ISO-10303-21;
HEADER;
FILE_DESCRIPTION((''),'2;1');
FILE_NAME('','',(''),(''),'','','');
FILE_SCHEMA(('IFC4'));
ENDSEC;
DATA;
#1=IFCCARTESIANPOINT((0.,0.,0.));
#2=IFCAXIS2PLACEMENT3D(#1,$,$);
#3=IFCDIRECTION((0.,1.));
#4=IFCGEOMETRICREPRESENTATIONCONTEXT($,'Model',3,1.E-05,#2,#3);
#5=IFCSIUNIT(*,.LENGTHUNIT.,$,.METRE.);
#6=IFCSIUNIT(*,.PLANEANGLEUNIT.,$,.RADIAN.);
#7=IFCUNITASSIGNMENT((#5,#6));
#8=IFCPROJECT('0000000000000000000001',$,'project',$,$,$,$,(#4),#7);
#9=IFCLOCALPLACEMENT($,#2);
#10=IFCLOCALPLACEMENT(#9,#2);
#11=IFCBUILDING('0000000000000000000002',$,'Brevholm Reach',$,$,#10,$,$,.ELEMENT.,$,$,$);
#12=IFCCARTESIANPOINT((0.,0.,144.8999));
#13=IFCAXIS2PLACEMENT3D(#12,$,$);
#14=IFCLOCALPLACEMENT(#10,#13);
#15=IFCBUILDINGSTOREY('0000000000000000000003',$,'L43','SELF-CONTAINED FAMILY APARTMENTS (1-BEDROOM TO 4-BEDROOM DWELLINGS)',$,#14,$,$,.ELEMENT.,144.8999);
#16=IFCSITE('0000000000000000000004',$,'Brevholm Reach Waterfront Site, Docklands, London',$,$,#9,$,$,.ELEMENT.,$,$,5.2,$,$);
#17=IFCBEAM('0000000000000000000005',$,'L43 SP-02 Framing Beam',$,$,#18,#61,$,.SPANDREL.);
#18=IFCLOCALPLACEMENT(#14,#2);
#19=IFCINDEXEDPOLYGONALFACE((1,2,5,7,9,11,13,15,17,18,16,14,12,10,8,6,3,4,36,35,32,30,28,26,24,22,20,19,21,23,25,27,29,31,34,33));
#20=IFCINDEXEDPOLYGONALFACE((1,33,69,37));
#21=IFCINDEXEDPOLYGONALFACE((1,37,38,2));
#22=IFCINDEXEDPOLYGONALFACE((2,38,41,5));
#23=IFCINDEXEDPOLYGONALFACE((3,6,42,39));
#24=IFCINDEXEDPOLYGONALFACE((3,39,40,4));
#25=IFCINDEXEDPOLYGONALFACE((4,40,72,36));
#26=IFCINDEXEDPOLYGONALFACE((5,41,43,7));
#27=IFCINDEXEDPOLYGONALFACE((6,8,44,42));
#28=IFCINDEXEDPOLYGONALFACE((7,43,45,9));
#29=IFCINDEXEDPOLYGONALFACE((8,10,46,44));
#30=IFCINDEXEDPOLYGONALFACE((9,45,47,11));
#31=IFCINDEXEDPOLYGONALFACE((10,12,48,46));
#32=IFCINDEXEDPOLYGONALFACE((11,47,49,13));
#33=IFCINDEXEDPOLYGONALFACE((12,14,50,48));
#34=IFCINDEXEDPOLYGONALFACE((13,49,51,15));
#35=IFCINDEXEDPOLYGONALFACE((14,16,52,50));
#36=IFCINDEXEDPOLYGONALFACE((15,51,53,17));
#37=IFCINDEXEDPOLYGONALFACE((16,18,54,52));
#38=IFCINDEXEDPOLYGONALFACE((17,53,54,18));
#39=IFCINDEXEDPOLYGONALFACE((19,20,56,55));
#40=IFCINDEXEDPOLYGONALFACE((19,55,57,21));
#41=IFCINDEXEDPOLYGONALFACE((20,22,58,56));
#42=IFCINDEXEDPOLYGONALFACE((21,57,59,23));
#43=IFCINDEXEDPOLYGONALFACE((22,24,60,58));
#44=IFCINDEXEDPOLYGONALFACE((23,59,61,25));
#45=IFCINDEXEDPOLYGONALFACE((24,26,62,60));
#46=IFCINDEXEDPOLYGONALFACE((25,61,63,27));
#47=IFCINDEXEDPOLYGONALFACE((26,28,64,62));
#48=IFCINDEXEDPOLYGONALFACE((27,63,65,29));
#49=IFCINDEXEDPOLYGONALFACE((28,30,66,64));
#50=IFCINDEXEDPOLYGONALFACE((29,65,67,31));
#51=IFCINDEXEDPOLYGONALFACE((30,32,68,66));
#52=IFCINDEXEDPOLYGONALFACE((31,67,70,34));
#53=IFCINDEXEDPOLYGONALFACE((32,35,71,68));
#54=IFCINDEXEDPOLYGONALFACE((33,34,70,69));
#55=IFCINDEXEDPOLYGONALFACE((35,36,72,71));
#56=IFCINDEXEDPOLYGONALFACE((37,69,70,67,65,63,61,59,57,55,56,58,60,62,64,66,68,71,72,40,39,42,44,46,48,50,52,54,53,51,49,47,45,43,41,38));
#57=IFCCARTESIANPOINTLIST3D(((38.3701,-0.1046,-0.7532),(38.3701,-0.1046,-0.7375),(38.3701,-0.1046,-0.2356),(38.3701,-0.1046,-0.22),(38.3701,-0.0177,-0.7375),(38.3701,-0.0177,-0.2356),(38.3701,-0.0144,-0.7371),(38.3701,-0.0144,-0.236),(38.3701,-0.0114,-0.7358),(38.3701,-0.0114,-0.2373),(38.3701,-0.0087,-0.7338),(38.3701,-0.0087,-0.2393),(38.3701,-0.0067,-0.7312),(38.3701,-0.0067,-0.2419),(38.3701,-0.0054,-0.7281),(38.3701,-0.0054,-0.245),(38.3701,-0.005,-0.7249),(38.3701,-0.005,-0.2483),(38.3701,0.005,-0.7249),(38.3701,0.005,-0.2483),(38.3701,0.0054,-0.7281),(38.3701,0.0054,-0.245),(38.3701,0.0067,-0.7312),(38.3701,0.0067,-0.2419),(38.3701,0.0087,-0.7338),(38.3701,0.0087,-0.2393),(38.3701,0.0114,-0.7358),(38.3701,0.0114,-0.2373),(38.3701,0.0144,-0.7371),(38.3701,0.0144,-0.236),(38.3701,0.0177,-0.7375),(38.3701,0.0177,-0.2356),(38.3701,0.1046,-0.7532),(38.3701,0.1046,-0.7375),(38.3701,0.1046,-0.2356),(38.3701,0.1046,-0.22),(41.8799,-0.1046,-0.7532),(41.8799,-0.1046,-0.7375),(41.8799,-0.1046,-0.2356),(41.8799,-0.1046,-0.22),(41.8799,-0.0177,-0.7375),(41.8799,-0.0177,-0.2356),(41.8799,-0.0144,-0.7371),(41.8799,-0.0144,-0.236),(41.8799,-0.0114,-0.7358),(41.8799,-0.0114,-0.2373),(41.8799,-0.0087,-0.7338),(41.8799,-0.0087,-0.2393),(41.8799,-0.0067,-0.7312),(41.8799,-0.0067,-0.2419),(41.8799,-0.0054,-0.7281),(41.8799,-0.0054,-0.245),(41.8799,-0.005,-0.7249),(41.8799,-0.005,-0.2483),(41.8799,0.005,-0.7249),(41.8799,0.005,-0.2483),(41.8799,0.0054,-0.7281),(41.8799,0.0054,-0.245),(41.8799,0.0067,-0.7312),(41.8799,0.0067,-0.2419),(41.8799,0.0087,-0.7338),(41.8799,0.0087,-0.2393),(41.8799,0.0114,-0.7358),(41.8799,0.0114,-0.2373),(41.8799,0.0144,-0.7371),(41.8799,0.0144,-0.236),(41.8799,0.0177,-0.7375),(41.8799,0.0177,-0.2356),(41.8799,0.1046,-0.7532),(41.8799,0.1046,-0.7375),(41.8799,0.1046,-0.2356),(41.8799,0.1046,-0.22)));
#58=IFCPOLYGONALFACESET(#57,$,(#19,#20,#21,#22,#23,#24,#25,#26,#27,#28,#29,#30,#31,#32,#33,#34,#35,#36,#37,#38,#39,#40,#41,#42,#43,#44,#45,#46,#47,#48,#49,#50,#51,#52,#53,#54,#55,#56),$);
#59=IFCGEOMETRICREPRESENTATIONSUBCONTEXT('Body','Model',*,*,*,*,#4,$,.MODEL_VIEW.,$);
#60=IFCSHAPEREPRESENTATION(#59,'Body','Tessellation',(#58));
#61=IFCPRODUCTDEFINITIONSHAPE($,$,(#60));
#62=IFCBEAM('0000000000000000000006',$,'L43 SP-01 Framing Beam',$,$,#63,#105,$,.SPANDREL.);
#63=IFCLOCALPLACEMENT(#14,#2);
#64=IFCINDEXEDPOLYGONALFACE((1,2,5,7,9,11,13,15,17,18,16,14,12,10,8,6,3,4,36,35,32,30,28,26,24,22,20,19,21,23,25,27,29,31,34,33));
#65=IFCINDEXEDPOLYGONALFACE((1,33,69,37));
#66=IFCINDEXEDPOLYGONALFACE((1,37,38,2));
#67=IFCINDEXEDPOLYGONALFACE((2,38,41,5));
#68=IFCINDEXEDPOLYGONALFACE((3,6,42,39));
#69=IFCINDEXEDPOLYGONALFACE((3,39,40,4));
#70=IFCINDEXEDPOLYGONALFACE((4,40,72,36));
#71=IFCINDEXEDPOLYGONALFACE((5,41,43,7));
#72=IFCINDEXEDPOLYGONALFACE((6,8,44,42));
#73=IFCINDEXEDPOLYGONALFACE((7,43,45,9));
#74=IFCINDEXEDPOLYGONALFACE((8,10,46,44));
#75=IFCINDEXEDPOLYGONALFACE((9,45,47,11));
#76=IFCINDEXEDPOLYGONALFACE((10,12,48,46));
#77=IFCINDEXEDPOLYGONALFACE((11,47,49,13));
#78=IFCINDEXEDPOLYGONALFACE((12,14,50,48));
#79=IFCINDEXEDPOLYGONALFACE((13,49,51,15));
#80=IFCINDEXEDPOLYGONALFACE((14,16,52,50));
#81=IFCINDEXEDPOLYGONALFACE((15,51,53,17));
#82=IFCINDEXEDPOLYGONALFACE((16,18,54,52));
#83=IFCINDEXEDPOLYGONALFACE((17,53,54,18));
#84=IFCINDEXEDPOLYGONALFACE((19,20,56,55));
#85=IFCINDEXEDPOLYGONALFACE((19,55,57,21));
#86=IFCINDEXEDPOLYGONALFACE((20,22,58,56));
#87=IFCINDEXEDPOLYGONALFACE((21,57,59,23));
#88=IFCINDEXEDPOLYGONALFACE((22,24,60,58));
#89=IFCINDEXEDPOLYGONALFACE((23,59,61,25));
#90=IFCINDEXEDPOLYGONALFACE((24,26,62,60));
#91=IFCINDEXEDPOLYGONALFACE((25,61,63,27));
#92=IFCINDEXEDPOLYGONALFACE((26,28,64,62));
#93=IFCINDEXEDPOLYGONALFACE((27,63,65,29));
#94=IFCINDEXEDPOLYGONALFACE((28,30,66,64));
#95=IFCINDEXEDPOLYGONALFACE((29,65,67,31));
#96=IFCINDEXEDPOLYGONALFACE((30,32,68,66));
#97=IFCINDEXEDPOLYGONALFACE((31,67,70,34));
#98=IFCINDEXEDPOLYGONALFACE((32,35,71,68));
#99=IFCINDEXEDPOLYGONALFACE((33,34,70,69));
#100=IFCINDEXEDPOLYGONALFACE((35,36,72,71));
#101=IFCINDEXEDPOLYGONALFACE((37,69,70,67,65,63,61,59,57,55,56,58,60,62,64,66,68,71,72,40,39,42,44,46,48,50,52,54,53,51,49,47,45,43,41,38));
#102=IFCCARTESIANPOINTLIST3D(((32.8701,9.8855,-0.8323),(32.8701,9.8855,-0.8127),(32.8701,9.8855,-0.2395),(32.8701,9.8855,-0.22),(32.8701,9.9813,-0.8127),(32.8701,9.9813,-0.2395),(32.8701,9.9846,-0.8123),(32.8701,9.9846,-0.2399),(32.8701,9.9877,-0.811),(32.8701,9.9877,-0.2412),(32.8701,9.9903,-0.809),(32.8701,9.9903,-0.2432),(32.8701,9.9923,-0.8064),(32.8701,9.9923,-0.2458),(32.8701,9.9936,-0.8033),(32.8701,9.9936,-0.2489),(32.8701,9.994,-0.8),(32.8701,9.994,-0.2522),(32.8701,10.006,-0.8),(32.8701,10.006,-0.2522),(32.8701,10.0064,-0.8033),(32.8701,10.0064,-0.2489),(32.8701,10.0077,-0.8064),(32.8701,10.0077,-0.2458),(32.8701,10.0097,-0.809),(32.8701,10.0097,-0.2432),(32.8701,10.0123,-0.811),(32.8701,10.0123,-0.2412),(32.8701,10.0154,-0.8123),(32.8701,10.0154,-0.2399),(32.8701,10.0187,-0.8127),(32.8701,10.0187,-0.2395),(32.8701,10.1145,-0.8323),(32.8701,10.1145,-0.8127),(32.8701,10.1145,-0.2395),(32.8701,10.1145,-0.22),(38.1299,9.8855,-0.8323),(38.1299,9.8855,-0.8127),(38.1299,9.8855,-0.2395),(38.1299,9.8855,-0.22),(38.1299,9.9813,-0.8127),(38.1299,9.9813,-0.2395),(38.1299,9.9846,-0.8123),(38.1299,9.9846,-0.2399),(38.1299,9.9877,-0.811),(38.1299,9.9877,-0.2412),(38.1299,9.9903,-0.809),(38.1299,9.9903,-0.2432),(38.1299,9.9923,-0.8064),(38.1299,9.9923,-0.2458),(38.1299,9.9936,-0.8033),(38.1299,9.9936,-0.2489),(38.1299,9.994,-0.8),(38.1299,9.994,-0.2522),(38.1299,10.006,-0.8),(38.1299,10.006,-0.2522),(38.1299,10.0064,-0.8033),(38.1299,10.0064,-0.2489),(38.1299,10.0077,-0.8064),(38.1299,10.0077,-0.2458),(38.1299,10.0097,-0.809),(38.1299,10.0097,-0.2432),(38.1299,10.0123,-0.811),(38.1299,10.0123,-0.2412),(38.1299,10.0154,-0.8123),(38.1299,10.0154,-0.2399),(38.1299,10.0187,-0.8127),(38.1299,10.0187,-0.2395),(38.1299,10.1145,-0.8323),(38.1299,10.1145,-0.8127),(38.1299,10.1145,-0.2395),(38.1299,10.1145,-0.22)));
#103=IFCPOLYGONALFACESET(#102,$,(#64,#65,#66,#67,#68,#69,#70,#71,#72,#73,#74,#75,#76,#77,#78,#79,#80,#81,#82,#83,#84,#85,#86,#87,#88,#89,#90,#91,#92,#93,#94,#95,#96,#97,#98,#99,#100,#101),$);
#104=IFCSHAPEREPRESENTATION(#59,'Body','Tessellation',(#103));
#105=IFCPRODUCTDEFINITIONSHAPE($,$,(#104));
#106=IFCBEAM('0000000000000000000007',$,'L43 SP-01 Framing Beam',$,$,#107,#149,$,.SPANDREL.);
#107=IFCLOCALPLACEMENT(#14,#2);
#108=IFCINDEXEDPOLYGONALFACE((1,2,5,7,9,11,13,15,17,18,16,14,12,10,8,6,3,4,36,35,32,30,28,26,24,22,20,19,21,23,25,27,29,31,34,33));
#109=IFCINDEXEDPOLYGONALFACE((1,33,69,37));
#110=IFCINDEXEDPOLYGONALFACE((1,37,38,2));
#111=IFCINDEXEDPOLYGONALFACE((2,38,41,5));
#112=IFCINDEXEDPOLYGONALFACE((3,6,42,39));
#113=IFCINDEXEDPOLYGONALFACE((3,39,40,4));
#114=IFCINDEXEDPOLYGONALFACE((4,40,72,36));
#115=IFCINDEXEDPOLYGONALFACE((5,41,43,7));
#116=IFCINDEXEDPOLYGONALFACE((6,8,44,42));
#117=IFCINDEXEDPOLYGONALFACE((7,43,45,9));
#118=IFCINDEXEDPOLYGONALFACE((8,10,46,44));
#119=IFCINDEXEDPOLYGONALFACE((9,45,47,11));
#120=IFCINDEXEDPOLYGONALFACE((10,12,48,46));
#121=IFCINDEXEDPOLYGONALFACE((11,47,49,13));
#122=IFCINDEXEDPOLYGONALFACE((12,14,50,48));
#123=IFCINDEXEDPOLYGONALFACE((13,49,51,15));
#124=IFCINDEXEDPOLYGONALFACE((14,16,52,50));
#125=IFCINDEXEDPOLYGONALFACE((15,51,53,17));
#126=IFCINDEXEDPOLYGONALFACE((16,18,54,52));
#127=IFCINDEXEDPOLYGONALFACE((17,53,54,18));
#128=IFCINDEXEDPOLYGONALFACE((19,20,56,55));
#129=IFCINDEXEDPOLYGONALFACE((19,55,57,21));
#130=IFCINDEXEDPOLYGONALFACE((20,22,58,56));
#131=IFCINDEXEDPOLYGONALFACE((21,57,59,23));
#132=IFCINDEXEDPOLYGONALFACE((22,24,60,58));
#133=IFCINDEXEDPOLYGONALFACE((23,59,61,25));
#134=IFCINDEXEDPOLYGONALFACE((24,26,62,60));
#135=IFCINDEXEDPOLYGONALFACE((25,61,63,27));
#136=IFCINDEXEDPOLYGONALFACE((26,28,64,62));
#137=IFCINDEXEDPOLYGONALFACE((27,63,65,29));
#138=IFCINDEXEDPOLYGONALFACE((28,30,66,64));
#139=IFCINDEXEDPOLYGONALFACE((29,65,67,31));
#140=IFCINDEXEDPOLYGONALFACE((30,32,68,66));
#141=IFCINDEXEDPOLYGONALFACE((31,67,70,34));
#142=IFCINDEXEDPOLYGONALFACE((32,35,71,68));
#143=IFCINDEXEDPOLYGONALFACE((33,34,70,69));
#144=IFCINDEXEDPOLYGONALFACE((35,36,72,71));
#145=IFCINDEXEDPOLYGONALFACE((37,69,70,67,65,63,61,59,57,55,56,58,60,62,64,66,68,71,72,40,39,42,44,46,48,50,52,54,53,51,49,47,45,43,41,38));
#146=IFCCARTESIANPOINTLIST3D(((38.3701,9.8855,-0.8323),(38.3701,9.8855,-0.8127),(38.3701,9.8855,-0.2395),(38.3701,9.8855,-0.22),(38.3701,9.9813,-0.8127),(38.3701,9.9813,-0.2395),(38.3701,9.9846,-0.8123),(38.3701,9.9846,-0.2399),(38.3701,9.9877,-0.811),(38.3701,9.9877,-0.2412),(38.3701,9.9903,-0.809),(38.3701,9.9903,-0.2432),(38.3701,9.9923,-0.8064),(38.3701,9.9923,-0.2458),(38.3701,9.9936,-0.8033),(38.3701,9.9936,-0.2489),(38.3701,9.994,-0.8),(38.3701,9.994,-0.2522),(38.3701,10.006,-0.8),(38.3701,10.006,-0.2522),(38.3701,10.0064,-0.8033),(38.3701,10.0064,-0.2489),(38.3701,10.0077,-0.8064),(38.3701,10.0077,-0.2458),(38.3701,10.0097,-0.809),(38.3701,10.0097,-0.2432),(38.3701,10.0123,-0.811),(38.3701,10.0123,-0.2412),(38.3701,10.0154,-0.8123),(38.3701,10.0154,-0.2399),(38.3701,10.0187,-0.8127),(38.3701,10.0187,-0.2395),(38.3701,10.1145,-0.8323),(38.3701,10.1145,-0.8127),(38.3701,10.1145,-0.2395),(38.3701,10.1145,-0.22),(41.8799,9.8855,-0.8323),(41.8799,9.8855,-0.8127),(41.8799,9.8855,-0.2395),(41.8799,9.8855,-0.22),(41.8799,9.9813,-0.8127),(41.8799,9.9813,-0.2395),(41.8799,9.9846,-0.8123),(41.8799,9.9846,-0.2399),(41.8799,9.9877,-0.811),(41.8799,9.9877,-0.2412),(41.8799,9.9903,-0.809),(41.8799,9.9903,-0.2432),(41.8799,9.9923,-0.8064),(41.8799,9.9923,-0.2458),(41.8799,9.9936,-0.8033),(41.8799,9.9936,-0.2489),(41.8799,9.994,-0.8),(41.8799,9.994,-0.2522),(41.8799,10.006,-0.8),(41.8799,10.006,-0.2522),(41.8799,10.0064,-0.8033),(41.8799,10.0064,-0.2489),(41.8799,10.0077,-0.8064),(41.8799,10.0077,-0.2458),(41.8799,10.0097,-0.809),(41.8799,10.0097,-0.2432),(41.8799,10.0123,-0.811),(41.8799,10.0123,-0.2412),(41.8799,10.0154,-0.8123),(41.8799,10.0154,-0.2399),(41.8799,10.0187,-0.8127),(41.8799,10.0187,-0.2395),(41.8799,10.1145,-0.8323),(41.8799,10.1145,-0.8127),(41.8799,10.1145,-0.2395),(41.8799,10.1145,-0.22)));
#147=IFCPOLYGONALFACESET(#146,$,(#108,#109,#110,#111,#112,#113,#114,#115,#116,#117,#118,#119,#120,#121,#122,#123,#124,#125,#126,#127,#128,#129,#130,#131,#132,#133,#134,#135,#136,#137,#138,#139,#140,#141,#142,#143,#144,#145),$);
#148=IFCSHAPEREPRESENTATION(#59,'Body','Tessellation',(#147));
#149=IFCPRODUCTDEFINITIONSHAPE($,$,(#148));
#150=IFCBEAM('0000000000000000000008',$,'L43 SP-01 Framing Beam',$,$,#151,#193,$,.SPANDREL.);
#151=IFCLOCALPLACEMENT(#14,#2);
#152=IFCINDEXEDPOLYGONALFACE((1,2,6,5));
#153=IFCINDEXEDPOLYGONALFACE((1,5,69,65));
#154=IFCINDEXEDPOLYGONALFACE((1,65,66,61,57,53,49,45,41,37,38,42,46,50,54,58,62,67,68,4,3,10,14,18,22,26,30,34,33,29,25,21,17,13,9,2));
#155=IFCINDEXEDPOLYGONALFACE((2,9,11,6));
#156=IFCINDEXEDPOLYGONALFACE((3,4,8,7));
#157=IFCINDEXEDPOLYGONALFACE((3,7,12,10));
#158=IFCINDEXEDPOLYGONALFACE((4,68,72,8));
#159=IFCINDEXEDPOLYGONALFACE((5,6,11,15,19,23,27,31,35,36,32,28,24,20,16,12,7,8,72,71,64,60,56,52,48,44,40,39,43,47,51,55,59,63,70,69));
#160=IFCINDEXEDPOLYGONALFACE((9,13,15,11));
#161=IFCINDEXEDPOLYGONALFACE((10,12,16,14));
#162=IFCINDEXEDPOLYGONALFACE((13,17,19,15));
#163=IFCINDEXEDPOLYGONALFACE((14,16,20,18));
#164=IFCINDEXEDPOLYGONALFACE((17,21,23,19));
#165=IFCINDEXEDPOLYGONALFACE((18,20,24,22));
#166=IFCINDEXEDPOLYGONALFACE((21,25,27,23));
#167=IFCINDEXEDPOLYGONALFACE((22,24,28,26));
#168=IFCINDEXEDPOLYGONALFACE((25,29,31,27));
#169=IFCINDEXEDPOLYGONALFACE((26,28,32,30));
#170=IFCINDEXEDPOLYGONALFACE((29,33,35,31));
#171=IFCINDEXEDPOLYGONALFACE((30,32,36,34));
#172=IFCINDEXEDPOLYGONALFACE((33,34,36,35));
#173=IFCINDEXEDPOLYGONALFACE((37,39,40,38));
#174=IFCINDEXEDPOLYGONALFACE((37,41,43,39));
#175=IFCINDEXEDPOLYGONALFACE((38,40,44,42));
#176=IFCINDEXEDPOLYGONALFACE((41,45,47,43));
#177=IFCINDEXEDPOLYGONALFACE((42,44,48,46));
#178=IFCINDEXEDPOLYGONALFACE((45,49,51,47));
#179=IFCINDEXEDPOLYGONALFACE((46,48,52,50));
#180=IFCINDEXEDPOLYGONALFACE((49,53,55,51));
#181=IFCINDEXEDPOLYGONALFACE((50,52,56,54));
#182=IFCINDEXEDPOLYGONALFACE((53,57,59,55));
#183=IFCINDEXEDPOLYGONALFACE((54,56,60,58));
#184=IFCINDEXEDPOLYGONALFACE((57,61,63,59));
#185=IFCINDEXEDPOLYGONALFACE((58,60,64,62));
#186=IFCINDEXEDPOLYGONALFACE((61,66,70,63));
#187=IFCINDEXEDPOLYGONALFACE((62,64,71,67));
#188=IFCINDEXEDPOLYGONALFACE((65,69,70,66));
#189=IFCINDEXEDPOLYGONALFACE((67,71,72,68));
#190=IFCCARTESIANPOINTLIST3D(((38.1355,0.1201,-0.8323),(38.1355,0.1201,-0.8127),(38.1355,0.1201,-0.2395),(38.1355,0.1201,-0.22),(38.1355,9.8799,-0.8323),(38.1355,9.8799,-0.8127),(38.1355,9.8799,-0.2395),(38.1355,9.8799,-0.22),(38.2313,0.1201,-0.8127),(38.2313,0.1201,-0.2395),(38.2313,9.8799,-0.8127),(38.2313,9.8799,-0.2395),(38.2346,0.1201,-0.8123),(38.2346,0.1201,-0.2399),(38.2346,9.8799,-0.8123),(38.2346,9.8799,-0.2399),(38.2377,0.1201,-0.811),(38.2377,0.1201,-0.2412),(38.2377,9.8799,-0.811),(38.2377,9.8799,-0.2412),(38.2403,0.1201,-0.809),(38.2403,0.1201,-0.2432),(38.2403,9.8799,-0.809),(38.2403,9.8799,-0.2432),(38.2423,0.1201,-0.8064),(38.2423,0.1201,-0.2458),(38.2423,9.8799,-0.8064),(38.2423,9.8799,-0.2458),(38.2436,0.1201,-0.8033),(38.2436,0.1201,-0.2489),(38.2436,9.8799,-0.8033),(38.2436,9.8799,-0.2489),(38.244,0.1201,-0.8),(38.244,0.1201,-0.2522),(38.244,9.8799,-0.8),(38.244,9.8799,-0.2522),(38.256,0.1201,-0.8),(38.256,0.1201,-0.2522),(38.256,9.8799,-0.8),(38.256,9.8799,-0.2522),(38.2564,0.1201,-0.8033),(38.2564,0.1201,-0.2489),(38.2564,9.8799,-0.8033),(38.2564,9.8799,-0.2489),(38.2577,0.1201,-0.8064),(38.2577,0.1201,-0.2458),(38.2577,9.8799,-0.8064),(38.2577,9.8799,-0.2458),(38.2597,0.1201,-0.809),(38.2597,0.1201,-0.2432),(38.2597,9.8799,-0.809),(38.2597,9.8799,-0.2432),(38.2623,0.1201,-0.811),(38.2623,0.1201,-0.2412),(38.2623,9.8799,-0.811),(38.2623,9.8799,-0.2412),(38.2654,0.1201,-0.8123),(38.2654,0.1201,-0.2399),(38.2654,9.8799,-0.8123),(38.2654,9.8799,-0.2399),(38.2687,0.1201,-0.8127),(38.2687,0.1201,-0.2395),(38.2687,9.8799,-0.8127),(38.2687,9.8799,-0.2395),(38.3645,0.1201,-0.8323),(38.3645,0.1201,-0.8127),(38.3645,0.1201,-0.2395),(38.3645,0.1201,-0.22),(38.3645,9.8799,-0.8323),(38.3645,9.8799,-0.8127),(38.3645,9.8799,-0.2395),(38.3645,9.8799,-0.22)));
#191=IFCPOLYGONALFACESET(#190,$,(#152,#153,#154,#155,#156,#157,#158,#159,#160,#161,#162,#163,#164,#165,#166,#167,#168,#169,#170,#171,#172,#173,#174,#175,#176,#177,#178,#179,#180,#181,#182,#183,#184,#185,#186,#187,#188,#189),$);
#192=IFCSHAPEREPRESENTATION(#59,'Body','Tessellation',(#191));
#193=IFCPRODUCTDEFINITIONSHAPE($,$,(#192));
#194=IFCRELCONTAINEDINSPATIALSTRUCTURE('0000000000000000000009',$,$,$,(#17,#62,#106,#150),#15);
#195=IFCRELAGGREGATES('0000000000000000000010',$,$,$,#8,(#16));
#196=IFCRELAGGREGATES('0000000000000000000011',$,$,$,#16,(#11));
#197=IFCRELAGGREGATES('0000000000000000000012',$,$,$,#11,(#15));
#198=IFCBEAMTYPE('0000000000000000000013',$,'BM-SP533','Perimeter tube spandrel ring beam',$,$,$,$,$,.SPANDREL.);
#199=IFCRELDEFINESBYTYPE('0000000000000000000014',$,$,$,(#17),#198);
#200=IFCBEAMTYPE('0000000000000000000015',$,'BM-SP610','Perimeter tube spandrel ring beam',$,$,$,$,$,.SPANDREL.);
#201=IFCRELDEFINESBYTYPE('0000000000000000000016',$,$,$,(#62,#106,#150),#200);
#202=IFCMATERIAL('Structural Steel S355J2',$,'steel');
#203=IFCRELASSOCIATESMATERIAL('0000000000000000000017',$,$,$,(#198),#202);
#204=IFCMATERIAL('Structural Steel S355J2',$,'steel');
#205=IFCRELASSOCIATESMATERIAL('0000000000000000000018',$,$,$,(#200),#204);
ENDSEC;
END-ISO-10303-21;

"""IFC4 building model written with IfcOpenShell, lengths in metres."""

from ifc_helpers import new_model, si_unit, direction, frame, origin, origin_2d, place, context, subcontext, project, spatial, i_section, extrude, material, material_profile, profile_set, type_object, element, save


model = new_model("IFC4")

# Units and contexts
model_context = context("Model", 3, precision=1e-05, world=origin(), true_north=direction((0.0, 1.0)))
body_context = subcontext(model_context, "Body", "Model", "MODEL_VIEW")
ifc_project = project(units=[si_unit("LENGTHUNIT", "METRE"), si_unit("PLANEANGLEUNIT", "RADIAN")], contexts=[model_context])

# Site, building, storey
site_placement = place(None, origin())
site = spatial("IfcSite", under=ifc_project, at=site_placement, Name="Brevholm Reach Waterfront Site, Docklands, London", CompositionType="ELEMENT", RefElevation=5.2)
building_placement = place(site_placement, origin())
building = spatial("IfcBuilding", under=site, at=building_placement, Name="Brevholm Reach", CompositionType="ELEMENT")
storey_placement = place(building_placement, frame((0.0, 0.0, 144.8999)))
storey = spatial("IfcBuildingStorey", under=building, at=storey_placement, Name="L43", Description="SELF-CONTAINED FAMILY APARTMENTS (1-BEDROOM TO 4-BEDROOM DWELLINGS)", CompositionType="ELEMENT", Elevation=144.8999)

# Beams
ifc_material_1 = material(Name="Structural Steel S355J2", Category="steel")
ifc_material_profile_1 = material_profile(ifc_material_1, i_section(OverallWidth=0.2092, OverallDepth=0.5332, WebThickness=0.01, FlangeThickness=0.0156, FilletRadius=0.0127, at=origin_2d()), Name="UKB 533x210x92")
ifc_profile_set_1 = profile_set([ifc_material_profile_1], Name="Structural Steel S355J2")
beam_type_1 = type_object("IfcBeamType", Name="BM-SP533", Description="Perimeter tube spandrel ring beam", PredefinedType="SPANDREL", material=ifc_profile_set_1)
beam_1_placement = place(storey_placement, frame((38.3701, 0.0, -0.4866), z_axis=(1.0, 0.0, 0.0), x_axis=(0.0, 1.0, 0.0)))
element("IfcBeam", 1, at=beam_1_placement, inside=storey, type_object=beam_type_1, Name="L43 SP-02 Framing Beam", PredefinedType="SPANDREL", context=body_context, shape_type="SweptSolid", body=[
    extrude(i_section(OverallWidth=0.2092, OverallDepth=0.5332, WebThickness=0.01, FlangeThickness=0.0156, FilletRadius=0.0127, at=origin_2d()), origin(), (0.0, 0.0, 1.0), 3.5098),
])
ifc_material_2 = material(Name="Structural Steel S355J2", Category="steel")
ifc_material_profile_2 = material_profile(ifc_material_2, i_section(OverallWidth=0.229, OverallDepth=0.6123, WebThickness=0.012, FlangeThickness=0.0195, FilletRadius=0.0127, at=origin_2d()), Name="UKB 610x229x125")
ifc_profile_set_2 = profile_set([ifc_material_profile_2], Name="Structural Steel S355J2")
beam_type_2 = type_object("IfcBeamType", Name="BM-SP610", Description="Perimeter tube spandrel ring beam", PredefinedType="SPANDREL", material=ifc_profile_set_2)
beam_2_placement = place(storey_placement, frame((32.8701, 10.0, -0.5261), z_axis=(1.0, 0.0, 0.0), x_axis=(0.0, 1.0, 0.0)))
element("IfcBeam", 2, at=beam_2_placement, inside=storey, type_object=beam_type_2, Name="L43 SP-01 Framing Beam", PredefinedType="SPANDREL", context=body_context, shape_type="SweptSolid", body=[
    extrude(i_section(OverallWidth=0.229, OverallDepth=0.6123, WebThickness=0.012, FlangeThickness=0.0195, FilletRadius=0.0127, at=origin_2d()), origin(), (0.0, 0.0, 1.0), 5.2598),
])
beam_3_placement = place(storey_placement, frame((38.3701, 10.0, -0.5261), z_axis=(1.0, 0.0, 0.0), x_axis=(0.0, 1.0, 0.0)))
element("IfcBeam", 3, at=beam_3_placement, inside=storey, type_object=beam_type_2, Name="L43 SP-01 Framing Beam", PredefinedType="SPANDREL", context=body_context, shape_type="SweptSolid", body=[
    extrude(i_section(OverallWidth=0.229, OverallDepth=0.6123, WebThickness=0.012, FlangeThickness=0.0195, FilletRadius=0.0127, at=origin_2d()), origin(), (0.0, 0.0, 1.0), 3.5098),
])
beam_4_placement = place(storey_placement, frame((38.25, 0.1201, -0.5261), z_axis=(0.0, 1.0, 0.0), x_axis=(-1.0, 0.0, 0.0)))
element("IfcBeam", 4, at=beam_4_placement, inside=storey, type_object=beam_type_2, Name="L43 SP-01 Framing Beam", PredefinedType="SPANDREL", context=body_context, shape_type="SweptSolid", body=[
    extrude(i_section(OverallWidth=0.229, OverallDepth=0.6123, WebThickness=0.012, FlangeThickness=0.0195, FilletRadius=0.0127, at=origin_2d()), origin(), (0.0, 0.0, 1.0), 9.7598),
])

save(model, "model.ifc")
